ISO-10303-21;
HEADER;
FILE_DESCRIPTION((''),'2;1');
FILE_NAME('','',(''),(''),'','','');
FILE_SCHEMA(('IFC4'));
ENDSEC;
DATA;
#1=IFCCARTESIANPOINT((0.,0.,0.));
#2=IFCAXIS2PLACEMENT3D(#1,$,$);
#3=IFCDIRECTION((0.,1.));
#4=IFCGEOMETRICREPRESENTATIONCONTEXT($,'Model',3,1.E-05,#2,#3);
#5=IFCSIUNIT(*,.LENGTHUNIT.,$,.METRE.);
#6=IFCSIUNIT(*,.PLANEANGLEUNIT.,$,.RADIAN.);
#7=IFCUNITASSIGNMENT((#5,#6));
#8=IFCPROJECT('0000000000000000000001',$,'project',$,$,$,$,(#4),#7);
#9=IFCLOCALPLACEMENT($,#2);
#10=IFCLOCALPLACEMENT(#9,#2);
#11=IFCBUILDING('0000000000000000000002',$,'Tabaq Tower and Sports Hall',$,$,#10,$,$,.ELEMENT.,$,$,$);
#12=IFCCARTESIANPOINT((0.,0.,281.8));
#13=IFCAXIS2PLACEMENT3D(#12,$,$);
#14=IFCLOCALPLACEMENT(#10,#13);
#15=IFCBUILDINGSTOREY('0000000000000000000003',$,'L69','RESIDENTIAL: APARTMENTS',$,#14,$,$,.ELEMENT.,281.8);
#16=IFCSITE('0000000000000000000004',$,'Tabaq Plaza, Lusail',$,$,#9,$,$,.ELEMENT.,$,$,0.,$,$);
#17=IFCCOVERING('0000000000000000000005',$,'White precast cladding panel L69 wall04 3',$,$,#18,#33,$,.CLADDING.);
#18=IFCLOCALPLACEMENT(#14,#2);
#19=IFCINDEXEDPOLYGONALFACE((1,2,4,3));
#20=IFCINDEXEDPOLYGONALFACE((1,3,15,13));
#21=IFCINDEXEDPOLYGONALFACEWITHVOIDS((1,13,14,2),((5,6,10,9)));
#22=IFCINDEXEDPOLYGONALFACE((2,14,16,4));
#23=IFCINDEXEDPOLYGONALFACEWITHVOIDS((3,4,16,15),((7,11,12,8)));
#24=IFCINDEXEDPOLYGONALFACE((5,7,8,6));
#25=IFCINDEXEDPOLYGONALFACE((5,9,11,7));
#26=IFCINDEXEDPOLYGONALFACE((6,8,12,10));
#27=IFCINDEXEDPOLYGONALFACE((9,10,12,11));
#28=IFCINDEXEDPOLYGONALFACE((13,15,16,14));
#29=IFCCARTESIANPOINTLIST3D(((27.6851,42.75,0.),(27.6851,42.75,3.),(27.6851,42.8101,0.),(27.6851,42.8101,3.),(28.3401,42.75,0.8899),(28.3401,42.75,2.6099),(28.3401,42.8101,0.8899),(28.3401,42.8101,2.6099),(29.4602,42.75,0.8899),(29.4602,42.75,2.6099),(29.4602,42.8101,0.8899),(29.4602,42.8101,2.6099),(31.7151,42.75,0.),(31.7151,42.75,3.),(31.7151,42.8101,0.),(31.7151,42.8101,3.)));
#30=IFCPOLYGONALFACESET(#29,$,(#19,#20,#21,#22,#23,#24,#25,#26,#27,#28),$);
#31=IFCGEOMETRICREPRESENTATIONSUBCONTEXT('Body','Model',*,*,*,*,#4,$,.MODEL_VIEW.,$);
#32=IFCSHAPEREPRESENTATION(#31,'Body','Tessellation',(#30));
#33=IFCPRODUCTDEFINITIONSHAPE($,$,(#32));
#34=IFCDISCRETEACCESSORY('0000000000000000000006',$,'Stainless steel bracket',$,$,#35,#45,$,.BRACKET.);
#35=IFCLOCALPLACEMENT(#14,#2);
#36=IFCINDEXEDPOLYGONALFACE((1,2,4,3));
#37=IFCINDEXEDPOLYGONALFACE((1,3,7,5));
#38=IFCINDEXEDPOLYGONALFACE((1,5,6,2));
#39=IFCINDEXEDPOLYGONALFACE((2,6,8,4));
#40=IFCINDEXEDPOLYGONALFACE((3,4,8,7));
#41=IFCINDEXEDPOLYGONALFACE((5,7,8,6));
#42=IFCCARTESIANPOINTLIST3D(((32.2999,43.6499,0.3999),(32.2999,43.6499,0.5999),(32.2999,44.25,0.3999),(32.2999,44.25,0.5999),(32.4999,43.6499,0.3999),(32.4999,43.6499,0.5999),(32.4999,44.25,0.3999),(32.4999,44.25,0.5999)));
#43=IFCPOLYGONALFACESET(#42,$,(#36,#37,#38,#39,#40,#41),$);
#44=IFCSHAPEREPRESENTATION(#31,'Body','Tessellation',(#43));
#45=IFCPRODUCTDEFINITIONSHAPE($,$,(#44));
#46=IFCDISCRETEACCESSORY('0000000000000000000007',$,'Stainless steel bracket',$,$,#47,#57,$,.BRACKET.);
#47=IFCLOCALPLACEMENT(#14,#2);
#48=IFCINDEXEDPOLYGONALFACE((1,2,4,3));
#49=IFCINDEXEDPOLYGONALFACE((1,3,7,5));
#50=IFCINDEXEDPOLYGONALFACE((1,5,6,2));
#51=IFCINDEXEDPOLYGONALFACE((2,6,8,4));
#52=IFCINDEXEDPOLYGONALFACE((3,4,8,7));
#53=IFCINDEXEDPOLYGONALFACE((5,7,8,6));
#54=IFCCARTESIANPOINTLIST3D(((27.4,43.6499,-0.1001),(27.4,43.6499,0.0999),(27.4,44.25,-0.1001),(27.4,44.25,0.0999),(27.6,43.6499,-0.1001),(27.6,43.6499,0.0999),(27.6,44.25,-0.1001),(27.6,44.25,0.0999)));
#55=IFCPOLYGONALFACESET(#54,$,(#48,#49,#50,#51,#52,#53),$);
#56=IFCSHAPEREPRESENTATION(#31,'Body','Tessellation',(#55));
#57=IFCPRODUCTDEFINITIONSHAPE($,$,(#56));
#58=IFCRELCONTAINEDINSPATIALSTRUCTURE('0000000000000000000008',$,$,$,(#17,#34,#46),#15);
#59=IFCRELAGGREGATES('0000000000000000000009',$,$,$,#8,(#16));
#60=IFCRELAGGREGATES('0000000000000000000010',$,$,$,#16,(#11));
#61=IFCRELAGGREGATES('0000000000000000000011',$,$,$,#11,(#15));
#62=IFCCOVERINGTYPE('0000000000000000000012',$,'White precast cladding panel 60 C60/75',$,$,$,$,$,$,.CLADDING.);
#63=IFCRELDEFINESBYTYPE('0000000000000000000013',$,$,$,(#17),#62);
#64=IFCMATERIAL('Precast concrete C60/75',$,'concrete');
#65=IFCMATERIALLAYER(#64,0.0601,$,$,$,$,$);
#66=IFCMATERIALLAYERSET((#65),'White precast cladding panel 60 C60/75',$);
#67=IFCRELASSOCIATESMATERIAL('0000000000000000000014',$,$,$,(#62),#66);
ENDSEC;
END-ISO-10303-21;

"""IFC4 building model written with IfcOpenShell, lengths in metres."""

from ifc_helpers import new_model, si_unit, direction, frame, origin, origin_2d, place, context, subcontext, project, spatial, polyline, rectangle, outline, extrude, material, layer, layer_set, type_object, element, save


model = new_model("IFC4")

# Units and contexts
model_context = context("Model", 3, precision=1e-05, world=origin(), true_north=direction((0.0, 1.0)))
body_context = subcontext(model_context, "Body", "Model", "MODEL_VIEW")
ifc_project = project(units=[si_unit("LENGTHUNIT", "METRE"), si_unit("PLANEANGLEUNIT", "RADIAN")], contexts=[model_context])

# Site, building, storey
site_placement = place(None, origin())
site = spatial("IfcSite", under=ifc_project, at=site_placement, Name="Tabaq Plaza, Lusail", CompositionType="ELEMENT", RefElevation=0.0)
building_placement = place(site_placement, origin())
building = spatial("IfcBuilding", under=site, at=building_placement, Name="Tabaq Tower and Sports Hall", CompositionType="ELEMENT")
storey_placement = place(building_placement, frame((0.0, 0.0, 281.8)))
storey = spatial("IfcBuildingStorey", under=building, at=storey_placement, Name="L69", Description="RESIDENTIAL: APARTMENTS", CompositionType="ELEMENT", Elevation=281.8)

# Covering
ifc_material_1 = material(Name="Precast concrete C60/75", Category="concrete")
ifc_layer_1 = layer(ifc_material_1, 0.0601)
ifc_layer_set_1 = layer_set([ifc_layer_1], Name="White precast cladding panel 60 C60/75")
covering_type = type_object("IfcCoveringType", Name="White precast cladding panel 60 C60/75", PredefinedType="CLADDING", material=ifc_layer_set_1)
covering_1_placement = place(storey_placement, frame((31.7151, 42.78, 0.0), z_axis=(0.0, 0.0, 1.0), x_axis=(-1.0, 0.0, 0.0)))
element("IfcCovering", 1, at=covering_1_placement, inside=storey, type_object=covering_type, Name="White precast cladding panel L69 wall04 3", PredefinedType="CLADDING", context=body_context, shape_type="SweptSolid", body=[
    extrude(outline(polyline([(0.0, 0.0), (4.03, 0.0), (4.03, 3.0), (0.0, 3.0), (0.0, 0.0)]), holes=[polyline([(2.2549, 0.8899), (2.2549, 2.6099), (3.375, 2.6099), (3.375, 0.8899), (2.2549, 0.8899)])]), frame((0.0, 0.03, 0.0), z_axis=(0.0, -1.0, 0.0), x_axis=(1.0, 0.0, 0.0)), (0.0, 0.0, 1.0), 0.0601),
])

# Discrete accessories
for number, where, z_axis, x_axis, name in (
    (2, (32.3999, 43.95, 0.3999), (0.0, 0.0, 1.0), (0.0, 1.0, 0.0), "Stainless steel bracket"),
    (3, (27.5, 43.95, -0.1001), (0.0, 0.0, 1.0), (0.0, 1.0, 0.0), "Stainless steel bracket"),
):
    element("IfcDiscreteAccessory", number, at=place(storey_placement, frame(where, z_axis=z_axis, x_axis=x_axis)), inside=storey, Name=name, PredefinedType="BRACKET", context=body_context, shape_type="SweptSolid", body=[
        extrude(rectangle(XDim=0.6001, YDim=0.2, at=origin_2d()), origin(), (0.0, 0.0, 1.0), 0.2),
    ])

save(model, "model.ifc")
